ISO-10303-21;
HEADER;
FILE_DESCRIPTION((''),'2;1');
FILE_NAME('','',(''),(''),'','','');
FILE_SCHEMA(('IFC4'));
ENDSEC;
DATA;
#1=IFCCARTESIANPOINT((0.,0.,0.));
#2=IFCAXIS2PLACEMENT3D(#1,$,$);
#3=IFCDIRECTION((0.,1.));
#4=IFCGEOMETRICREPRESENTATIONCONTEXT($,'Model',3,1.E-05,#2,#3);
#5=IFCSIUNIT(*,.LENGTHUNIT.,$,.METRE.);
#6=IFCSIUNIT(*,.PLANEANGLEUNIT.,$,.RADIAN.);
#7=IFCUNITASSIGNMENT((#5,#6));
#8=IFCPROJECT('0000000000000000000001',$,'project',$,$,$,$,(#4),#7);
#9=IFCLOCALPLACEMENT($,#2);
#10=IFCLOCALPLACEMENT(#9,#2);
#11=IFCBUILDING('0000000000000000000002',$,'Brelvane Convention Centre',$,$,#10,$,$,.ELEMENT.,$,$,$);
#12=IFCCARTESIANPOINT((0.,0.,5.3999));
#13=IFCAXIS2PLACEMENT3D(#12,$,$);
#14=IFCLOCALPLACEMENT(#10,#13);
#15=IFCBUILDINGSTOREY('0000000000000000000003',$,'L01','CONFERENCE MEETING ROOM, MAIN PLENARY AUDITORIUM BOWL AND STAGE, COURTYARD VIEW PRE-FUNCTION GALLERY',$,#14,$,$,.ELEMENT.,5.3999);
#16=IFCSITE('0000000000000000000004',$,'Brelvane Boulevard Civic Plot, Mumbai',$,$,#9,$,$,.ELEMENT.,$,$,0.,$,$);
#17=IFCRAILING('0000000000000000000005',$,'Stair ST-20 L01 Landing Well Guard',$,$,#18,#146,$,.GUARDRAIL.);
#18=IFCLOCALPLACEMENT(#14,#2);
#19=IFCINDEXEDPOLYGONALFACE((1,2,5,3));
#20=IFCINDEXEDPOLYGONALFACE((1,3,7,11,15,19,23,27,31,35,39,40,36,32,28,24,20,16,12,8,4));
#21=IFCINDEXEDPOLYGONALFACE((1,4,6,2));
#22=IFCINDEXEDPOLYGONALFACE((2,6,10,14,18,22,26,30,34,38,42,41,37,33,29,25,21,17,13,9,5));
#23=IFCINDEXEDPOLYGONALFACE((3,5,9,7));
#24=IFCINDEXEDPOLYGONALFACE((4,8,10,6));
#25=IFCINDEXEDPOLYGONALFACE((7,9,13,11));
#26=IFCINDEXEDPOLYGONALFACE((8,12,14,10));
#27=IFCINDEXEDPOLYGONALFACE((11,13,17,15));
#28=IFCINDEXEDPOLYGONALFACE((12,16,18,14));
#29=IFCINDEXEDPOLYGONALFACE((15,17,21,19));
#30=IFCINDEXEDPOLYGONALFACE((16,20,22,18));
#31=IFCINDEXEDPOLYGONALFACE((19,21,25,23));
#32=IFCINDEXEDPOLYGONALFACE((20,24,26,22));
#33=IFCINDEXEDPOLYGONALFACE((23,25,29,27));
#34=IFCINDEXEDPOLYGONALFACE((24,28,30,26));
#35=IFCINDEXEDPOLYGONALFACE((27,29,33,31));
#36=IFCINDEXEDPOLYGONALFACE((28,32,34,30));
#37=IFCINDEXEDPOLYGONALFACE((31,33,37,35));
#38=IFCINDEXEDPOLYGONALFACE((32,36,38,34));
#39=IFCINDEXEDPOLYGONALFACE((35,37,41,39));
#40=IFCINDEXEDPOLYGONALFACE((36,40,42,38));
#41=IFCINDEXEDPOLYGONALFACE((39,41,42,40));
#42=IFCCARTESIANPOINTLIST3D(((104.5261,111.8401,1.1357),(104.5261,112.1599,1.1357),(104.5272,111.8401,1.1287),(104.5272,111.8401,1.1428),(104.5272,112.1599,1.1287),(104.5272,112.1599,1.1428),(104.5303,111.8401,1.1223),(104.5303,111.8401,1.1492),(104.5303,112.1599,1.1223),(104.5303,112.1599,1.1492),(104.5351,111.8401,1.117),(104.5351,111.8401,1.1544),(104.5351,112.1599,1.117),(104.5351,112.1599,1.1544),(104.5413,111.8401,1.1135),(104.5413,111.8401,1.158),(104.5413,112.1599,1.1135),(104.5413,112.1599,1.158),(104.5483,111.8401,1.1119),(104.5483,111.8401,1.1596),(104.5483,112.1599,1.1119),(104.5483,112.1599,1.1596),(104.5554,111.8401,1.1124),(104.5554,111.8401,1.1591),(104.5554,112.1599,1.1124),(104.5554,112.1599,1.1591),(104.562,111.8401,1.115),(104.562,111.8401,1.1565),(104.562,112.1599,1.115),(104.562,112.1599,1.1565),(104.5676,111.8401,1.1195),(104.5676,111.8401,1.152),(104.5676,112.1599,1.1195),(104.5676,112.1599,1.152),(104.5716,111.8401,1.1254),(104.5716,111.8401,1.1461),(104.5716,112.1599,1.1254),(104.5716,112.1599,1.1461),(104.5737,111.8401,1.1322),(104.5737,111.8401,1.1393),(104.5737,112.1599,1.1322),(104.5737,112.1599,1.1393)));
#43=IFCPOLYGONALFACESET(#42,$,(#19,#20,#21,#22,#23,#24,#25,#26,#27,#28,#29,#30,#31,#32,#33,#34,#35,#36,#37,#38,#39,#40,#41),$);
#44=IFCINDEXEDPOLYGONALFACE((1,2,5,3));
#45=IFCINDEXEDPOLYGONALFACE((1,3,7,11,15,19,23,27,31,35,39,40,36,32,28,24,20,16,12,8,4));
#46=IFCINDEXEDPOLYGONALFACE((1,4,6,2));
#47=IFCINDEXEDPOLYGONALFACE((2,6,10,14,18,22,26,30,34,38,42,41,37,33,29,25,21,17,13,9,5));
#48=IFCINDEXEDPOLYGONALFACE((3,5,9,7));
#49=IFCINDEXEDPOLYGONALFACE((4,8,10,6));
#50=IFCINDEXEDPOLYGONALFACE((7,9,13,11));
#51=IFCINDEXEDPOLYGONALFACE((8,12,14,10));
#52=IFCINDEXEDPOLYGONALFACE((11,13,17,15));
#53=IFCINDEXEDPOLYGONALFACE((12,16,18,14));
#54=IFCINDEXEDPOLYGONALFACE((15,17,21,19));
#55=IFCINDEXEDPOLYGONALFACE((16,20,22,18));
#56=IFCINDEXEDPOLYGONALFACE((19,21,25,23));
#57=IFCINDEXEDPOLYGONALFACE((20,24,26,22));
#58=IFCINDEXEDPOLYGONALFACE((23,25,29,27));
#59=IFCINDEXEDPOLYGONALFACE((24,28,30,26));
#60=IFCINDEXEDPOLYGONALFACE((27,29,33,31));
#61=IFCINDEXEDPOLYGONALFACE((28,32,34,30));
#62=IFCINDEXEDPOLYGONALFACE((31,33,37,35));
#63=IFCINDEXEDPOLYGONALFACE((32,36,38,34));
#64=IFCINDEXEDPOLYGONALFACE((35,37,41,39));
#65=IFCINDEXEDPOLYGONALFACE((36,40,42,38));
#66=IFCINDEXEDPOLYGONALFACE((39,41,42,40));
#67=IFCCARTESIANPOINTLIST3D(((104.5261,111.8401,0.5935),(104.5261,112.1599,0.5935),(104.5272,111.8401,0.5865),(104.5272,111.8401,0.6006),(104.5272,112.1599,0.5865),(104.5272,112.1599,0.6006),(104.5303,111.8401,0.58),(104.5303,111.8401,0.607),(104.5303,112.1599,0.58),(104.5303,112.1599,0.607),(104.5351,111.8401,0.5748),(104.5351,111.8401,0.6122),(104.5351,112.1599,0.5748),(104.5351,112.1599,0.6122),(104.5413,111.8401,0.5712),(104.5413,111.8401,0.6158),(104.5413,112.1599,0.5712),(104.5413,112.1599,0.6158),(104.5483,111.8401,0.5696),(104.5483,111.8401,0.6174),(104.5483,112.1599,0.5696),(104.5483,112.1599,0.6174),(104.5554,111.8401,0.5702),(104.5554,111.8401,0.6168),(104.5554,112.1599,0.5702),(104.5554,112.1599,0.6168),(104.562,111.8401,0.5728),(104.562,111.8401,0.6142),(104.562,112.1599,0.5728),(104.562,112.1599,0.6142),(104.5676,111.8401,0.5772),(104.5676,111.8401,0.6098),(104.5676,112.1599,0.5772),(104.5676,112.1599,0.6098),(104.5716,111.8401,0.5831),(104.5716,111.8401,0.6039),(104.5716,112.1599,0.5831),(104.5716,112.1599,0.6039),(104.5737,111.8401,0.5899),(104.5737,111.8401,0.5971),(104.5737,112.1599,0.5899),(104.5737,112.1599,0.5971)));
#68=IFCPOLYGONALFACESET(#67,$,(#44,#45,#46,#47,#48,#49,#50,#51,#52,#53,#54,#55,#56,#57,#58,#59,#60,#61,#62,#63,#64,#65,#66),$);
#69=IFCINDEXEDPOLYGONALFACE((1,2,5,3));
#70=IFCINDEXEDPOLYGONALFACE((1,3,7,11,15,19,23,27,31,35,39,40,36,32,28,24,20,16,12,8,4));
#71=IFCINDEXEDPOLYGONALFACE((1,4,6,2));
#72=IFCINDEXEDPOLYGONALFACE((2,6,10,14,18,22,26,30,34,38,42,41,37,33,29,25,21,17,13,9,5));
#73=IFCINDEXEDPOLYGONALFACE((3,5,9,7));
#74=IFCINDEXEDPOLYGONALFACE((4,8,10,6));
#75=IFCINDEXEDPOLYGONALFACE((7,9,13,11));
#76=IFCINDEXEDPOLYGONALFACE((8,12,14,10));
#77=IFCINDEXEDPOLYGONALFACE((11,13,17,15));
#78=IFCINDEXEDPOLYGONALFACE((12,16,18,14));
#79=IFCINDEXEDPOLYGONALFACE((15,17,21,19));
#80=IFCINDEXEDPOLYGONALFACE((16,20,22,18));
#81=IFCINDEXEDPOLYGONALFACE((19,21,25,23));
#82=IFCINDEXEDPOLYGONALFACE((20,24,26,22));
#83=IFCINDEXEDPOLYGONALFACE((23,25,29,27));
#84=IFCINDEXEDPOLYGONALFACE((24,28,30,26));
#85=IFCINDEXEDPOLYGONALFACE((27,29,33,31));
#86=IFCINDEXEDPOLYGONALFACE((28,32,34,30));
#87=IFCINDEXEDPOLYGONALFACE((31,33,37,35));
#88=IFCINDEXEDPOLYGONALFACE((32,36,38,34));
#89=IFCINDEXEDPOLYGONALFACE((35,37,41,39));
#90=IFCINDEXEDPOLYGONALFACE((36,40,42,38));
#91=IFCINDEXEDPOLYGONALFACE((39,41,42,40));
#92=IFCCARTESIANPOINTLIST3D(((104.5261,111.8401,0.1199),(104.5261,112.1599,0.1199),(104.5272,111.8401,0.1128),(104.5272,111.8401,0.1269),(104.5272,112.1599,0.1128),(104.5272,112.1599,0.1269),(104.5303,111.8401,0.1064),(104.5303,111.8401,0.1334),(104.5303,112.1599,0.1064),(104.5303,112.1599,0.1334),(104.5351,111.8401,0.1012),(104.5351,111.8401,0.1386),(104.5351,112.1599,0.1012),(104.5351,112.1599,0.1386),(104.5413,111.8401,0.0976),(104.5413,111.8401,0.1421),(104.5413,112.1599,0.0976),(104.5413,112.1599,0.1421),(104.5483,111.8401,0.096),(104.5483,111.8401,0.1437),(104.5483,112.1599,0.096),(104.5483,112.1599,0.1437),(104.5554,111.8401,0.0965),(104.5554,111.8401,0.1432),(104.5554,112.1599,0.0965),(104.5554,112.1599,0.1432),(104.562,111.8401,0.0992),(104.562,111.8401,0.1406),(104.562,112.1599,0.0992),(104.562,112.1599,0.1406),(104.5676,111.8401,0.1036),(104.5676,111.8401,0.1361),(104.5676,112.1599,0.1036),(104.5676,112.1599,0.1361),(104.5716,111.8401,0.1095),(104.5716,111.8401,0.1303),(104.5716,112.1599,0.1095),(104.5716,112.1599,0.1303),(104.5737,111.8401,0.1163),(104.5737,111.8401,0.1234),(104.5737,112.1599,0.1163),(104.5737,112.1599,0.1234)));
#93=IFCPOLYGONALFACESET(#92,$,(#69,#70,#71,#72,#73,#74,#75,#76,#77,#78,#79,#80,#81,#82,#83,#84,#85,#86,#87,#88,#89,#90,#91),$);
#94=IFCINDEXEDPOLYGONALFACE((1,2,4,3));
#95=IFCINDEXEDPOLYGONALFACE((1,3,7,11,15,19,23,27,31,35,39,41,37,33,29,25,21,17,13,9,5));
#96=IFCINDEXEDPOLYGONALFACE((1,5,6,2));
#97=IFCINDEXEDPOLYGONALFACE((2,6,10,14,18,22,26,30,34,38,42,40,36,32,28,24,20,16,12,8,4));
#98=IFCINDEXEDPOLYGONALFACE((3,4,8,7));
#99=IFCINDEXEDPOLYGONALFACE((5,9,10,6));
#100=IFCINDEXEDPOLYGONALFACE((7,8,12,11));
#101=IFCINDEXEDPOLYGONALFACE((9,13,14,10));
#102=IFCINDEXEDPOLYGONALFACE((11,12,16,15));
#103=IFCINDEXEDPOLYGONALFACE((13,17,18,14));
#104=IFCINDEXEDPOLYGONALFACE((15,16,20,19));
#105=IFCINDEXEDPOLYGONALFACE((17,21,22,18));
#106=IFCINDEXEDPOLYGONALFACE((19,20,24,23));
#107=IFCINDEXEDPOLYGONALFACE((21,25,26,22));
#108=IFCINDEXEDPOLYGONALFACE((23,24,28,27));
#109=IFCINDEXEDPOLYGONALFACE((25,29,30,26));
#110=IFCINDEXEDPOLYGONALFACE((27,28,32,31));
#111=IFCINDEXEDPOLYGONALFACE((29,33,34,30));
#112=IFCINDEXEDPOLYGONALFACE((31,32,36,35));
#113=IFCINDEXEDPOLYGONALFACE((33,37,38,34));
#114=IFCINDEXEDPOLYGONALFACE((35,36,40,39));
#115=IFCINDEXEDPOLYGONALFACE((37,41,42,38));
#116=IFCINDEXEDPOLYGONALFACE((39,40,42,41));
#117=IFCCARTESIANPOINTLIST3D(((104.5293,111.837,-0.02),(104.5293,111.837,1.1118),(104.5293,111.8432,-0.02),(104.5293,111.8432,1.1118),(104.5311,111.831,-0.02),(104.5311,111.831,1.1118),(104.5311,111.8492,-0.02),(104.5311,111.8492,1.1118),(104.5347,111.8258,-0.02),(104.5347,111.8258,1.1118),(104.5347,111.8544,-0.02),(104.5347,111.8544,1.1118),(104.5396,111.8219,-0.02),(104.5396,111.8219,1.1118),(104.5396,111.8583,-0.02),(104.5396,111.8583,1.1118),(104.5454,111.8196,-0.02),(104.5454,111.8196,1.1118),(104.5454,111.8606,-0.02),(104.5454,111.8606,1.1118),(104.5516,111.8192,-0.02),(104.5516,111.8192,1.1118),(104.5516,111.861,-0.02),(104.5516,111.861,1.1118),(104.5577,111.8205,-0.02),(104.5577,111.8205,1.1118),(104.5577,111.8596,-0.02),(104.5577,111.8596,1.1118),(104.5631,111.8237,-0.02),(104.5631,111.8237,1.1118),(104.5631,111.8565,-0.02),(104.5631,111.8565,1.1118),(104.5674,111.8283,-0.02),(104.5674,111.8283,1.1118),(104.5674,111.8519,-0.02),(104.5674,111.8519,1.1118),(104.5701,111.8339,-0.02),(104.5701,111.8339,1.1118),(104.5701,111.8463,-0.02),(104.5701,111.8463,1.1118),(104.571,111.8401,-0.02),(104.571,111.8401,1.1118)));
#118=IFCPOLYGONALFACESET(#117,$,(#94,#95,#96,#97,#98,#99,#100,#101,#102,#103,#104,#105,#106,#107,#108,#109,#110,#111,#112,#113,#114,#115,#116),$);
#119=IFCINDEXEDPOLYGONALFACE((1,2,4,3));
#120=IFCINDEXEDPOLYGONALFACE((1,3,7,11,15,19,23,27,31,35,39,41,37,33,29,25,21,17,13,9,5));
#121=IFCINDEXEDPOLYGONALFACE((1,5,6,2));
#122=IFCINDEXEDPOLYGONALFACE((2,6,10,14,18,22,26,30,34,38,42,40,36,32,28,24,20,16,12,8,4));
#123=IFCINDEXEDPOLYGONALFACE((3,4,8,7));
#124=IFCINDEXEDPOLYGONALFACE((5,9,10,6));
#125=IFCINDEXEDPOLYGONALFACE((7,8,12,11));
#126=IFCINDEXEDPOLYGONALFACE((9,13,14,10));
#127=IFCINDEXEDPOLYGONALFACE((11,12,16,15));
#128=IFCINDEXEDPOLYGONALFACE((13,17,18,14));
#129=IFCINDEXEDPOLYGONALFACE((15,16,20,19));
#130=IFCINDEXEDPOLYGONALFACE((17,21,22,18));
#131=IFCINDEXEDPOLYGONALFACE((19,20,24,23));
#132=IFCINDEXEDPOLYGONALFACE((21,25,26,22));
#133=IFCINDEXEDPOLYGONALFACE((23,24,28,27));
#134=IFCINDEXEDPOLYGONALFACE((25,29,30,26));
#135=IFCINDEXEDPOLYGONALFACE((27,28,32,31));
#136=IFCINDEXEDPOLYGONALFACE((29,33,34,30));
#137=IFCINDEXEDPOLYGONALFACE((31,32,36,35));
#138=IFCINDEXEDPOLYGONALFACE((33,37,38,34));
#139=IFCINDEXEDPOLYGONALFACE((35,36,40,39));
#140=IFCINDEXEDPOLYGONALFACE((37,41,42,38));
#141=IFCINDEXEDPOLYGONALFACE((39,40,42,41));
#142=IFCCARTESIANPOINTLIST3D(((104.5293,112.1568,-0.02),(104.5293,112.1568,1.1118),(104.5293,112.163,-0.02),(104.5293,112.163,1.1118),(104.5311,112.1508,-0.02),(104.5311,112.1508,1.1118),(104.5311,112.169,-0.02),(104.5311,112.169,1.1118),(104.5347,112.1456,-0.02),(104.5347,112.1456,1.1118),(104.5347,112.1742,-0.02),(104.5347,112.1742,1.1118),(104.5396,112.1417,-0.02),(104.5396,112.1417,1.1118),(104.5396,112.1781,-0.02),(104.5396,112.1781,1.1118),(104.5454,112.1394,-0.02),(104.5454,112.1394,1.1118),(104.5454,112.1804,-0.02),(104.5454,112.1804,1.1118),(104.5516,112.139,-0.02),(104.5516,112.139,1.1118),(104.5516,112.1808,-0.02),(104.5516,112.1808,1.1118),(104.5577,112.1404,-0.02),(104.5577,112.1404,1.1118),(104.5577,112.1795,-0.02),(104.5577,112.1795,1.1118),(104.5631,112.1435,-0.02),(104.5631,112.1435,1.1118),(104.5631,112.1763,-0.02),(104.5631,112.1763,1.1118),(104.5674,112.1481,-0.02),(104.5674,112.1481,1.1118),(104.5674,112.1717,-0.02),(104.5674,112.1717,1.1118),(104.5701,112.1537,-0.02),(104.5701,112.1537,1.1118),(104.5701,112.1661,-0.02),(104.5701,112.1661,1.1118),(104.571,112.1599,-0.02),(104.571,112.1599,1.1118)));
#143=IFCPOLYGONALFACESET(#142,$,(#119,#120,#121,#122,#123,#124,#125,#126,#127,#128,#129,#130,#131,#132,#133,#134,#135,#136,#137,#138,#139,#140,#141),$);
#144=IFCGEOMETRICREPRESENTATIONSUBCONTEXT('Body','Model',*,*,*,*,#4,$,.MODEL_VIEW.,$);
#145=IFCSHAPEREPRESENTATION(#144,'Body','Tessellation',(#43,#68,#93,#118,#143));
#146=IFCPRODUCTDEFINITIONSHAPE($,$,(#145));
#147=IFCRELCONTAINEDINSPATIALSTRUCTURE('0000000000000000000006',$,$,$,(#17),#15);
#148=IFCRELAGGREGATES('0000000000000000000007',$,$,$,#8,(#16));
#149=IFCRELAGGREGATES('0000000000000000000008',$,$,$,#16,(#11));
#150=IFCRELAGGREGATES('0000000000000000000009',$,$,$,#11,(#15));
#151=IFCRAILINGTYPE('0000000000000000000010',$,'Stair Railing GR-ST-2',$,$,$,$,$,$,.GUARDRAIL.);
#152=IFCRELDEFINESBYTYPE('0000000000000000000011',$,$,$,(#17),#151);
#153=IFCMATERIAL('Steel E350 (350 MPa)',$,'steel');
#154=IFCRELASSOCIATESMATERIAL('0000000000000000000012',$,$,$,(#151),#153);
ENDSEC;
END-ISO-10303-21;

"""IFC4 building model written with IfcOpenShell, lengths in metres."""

from ifc_helpers import new_model, si_unit, direction, frame, origin, origin_2d, place, context, subcontext, project, spatial, circle, extrude, material, type_object, element, save


model = new_model("IFC4")

# Units and contexts
model_context = context("Model", 3, precision=1e-05, world=origin(), true_north=direction((0.0, 1.0)))
body_context = subcontext(model_context, "Body", "Model", "MODEL_VIEW")
ifc_project = project(units=[si_unit("LENGTHUNIT", "METRE"), si_unit("PLANEANGLEUNIT", "RADIAN")], contexts=[model_context])

# Site, building, storey
site_placement = place(None, origin())
site = spatial("IfcSite", under=ifc_project, at=site_placement, Name="Brelvane Boulevard Civic Plot, Mumbai", CompositionType="ELEMENT", RefElevation=0.0)
building_placement = place(site_placement, origin())
building = spatial("IfcBuilding", under=site, at=building_placement, Name="Brelvane Convention Centre", CompositionType="ELEMENT")
storey_placement = place(building_placement, frame((0.0, 0.0, 5.3999)))
storey = spatial("IfcBuildingStorey", under=building, at=storey_placement, Name="L01", Description="CONFERENCE MEETING ROOM, MAIN PLENARY AUDITORIUM BOWL AND STAGE, COURTYARD VIEW PRE-FUNCTION GALLERY", CompositionType="ELEMENT", Elevation=5.3999)

# Railing
ifc_material_1 = material(Name="Steel E350 (350 MPa)", Category="steel")
railing_type_1 = type_object("IfcRailingType", Name="Stair Railing GR-ST-2", PredefinedType="GUARDRAIL", material=ifc_material_1)
railing_1_placement = place(storey_placement, frame((104.55, 111.8401, -0.02)))
element("IfcRailing", 1, at=railing_1_placement, inside=storey, type_object=railing_type_1, Name="Stair ST-20 L01 Landing Well Guard", PredefinedType="GUARDRAIL", context=body_context, shape_type="SweptSolid", body=[
    extrude(circle(Radius=0.0239, at=origin_2d()), frame((0.0, 0.0, 1.1558), z_axis=(0.0, 1.0, 0.0), x_axis=(-1.0, 0.0, 0.0)), (0.0, 0.0, 1.0), 0.3198),
    extrude(circle(Radius=0.0239, at=origin_2d()), frame((0.0, 0.0, 0.6135), z_axis=(0.0, 1.0, 0.0), x_axis=(-1.0, 0.0, 0.0)), (0.0, 0.0, 1.0), 0.3198),
    extrude(circle(Radius=0.0239, at=origin_2d()), frame((0.0, 0.0, 0.1399), z_axis=(0.0, 1.0, 0.0), x_axis=(-1.0, 0.0, 0.0)), (0.0, 0.0, 1.0), 0.3198),
    extrude(circle(Radius=0.021, at=origin_2d()), origin(), (0.0, 0.0, 1.0), 1.1318),
    extrude(circle(Radius=0.021, at=origin_2d()), frame((0.0, 0.3198, 0.0)), (0.0, 0.0, 1.0), 1.1318),
])

save(model, "model.ifc")
